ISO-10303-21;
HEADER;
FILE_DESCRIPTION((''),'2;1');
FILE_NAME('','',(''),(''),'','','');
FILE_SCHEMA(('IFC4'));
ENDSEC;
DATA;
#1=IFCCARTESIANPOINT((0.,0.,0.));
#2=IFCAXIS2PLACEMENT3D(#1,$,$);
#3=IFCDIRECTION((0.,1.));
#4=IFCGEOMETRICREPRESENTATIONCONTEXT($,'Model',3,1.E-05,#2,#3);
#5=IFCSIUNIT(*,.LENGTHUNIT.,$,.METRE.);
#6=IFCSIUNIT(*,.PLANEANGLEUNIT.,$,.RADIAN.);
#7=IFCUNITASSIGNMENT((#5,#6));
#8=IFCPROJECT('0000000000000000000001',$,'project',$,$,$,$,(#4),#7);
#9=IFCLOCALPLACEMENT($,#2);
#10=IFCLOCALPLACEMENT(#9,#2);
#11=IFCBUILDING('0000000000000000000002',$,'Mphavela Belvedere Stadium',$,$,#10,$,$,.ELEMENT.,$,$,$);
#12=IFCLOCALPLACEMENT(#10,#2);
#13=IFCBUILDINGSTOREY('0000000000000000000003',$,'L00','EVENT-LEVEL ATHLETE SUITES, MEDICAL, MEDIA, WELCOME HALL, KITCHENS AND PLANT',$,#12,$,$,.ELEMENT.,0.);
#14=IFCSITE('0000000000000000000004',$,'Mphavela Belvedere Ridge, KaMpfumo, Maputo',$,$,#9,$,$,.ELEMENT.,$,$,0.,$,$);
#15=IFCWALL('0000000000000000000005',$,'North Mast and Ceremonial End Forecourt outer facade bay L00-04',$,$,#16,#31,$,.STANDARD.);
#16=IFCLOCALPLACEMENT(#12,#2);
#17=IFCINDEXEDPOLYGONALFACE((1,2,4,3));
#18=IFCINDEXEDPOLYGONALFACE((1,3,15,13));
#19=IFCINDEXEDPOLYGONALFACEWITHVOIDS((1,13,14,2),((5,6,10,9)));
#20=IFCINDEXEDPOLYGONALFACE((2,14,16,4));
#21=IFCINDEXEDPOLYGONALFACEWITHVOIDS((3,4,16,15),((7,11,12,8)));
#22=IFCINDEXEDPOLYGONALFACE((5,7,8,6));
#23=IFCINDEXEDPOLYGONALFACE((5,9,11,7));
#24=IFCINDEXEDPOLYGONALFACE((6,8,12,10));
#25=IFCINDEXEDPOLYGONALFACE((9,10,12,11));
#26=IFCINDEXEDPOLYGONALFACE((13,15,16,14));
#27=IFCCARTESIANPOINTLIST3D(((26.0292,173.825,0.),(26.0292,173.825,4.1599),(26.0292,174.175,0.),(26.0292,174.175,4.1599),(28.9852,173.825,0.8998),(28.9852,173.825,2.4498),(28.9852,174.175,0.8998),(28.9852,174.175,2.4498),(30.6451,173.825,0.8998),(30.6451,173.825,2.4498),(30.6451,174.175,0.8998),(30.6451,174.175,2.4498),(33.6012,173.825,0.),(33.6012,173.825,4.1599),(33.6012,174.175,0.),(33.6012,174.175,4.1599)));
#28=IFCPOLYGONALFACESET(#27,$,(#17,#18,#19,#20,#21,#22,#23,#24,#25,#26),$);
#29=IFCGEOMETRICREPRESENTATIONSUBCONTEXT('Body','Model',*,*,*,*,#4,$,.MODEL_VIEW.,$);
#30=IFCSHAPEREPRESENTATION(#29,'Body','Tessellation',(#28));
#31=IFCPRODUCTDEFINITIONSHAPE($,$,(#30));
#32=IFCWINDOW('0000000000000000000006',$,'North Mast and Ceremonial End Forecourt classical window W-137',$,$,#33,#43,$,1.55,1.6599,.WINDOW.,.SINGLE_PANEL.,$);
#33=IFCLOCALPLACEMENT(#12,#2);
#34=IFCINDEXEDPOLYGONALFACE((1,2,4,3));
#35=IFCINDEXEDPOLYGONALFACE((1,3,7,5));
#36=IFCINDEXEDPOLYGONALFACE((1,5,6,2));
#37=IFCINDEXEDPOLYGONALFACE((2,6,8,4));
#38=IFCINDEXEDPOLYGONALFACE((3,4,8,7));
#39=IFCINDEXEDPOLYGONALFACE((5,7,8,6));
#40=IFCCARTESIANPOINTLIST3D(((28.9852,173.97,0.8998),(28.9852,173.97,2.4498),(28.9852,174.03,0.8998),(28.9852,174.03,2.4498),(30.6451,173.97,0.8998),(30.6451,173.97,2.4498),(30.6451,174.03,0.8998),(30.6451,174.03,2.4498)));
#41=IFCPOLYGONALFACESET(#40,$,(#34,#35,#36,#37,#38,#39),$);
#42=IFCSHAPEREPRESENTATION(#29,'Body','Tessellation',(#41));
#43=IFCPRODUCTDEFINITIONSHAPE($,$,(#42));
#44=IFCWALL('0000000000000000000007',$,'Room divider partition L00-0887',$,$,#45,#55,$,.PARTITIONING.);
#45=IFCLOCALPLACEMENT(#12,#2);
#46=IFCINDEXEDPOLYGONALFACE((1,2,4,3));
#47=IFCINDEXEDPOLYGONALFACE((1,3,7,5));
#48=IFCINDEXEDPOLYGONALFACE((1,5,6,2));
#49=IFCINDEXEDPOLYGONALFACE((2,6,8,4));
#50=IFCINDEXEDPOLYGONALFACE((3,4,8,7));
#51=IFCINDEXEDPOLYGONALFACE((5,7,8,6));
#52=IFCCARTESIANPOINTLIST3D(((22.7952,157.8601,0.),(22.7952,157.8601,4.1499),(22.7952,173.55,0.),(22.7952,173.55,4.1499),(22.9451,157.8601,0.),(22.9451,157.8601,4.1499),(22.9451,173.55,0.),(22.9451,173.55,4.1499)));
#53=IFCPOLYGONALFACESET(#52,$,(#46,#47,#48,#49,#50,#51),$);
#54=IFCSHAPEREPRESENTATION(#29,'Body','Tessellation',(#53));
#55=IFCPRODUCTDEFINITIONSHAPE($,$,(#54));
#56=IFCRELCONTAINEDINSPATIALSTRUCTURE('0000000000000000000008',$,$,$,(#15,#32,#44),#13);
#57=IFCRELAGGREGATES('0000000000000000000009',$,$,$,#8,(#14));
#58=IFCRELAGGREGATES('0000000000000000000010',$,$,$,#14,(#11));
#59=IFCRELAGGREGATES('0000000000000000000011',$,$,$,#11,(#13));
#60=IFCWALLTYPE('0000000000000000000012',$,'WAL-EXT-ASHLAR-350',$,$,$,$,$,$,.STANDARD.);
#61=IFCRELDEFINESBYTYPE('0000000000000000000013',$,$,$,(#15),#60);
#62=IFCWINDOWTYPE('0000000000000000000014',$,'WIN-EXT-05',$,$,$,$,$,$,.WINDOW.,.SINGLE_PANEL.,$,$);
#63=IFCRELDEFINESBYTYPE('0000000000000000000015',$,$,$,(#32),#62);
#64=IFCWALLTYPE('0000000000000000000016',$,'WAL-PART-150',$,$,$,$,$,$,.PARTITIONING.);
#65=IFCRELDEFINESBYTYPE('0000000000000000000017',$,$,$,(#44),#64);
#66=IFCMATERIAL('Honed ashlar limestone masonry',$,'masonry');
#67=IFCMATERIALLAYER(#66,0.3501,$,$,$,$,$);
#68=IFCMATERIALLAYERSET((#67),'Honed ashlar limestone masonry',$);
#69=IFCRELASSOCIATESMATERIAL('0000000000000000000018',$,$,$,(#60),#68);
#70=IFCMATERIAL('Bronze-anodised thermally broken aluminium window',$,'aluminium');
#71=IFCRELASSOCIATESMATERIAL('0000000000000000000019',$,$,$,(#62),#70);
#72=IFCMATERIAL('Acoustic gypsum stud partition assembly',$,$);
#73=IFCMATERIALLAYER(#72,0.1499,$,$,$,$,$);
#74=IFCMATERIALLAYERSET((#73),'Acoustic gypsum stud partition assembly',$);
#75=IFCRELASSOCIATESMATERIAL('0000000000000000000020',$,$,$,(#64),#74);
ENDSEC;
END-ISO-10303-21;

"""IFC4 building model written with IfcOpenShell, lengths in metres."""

from ifc_helpers import new_model, si_unit, direction, frame, frame_2d, origin, place, context, subcontext, project, spatial, rectangle, extrude, material, layer, layer_set, type_object, element, fill, save


model = new_model("IFC4")

# Units and contexts
model_context = context("Model", 3, precision=1e-05, world=origin(), true_north=direction((0.0, 1.0)))
body_context = subcontext(model_context, "Body", "Model", "MODEL_VIEW")
ifc_project = project(units=[si_unit("LENGTHUNIT", "METRE"), si_unit("PLANEANGLEUNIT", "RADIAN")], contexts=[model_context])

# Site, building, storey
site_placement = place(None, origin())
site = spatial("IfcSite", under=ifc_project, at=site_placement, Name="Mphavela Belvedere Ridge, KaMpfumo, Maputo", CompositionType="ELEMENT", RefElevation=0.0)
building_placement = place(site_placement, origin())
building = spatial("IfcBuilding", under=site, at=building_placement, Name="Mphavela Belvedere Stadium", CompositionType="ELEMENT")
storey_placement = place(building_placement, origin())
storey = spatial("IfcBuildingStorey", under=building, at=storey_placement, Name="L00", Description="EVENT-LEVEL ATHLETE SUITES, MEDICAL, MEDIA, WELCOME HALL, KITCHENS AND PLANT", CompositionType="ELEMENT", Elevation=0.0)

# Shared definitions
ifc_material_1 = material(Name="Honed ashlar limestone masonry", Category="masonry")
ifc_layer_1 = layer(ifc_material_1, 0.3501)
ifc_layer_set_1 = layer_set([ifc_layer_1], Name="Honed ashlar limestone masonry")
wall_type_1 = type_object("IfcWallType", Name="WAL-EXT-ASHLAR-350", PredefinedType="STANDARD", material=ifc_layer_set_1)

# Wall, opening, window
wall_1_placement = place(storey_placement, frame((26.0291, 174.0, 0.0), z_axis=(0.0, 0.0, 1.0), x_axis=(1.0, 0.0, 0.0)))
wall_1 = element("IfcWall", 1, at=wall_1_placement, inside=storey, type_object=wall_type_1, Name="North Mast and Ceremonial End Forecourt outer facade bay L00-04", PredefinedType="STANDARD", context=body_context, shape_type="SweptSolid", body=[
    extrude(rectangle(XDim=7.572, YDim=0.3501, at=frame_2d((3.7861, 0.0))), origin(), (0.0, 0.0, 1.0), 4.1599),
])
opening_1_placement = place(wall_1_placement, frame((2.9561, 0.0, 0.8999)))
opening_1 = element("IfcOpeningElement", 2, at=opening_1_placement, cuts=wall_1, PredefinedType="OPENING", context=body_context, shape_type="SweptSolid", body=[
    extrude(rectangle(XDim=1.6599, YDim=1.55, at=frame_2d((0.8301, 0.7749))), frame((0.0, 0.1851, 0.0), z_axis=(0.0, -1.0, 0.0), x_axis=(1.0, 0.0, 0.0)), (0.0, 0.0, 1.0), 0.3701),
])
ifc_material_2 = material(Name="Bronze-anodised thermally broken aluminium window", Category="aluminium")
window_type = type_object("IfcWindowType", Name="WIN-EXT-05", PartitioningType="SINGLE_PANEL", PredefinedType="WINDOW", material=ifc_material_2)
window_placement = place(opening_1_placement, origin())
window = element("IfcWindow", 3, at=window_placement, inside=storey, type_object=window_type, Name="North Mast and Ceremonial End Forecourt classical window W-137", OverallHeight=1.55, OverallWidth=1.6599, PartitioningType="SINGLE_PANEL", PredefinedType="WINDOW", context=body_context, shape_type="SweptSolid", body=[
    extrude(rectangle(XDim=1.6599, YDim=1.55, at=frame_2d((0.8301, 0.7749))), frame((0.0, 0.03, 0.0), z_axis=(0.0, -1.0, 0.0), x_axis=(1.0, 0.0, 0.0)), (0.0, 0.0, 1.0), 0.0601),
])
fill(opening_1, window)

# Wall
ifc_material_3 = material(Name="Acoustic gypsum stud partition assembly")
ifc_layer_2 = layer(ifc_material_3, 0.1499)
ifc_layer_set_2 = layer_set([ifc_layer_2], Name="Acoustic gypsum stud partition assembly")
wall_type_2 = type_object("IfcWallType", Name="WAL-PART-150", PredefinedType="PARTITIONING", material=ifc_layer_set_2)
wall_2_placement = place(storey_placement, frame((22.8701, 173.55, 0.0), z_axis=(0.0, 0.0, 1.0), x_axis=(0.0, -1.0, 0.0)))
element("IfcWall", 4, at=wall_2_placement, inside=storey, type_object=wall_type_2, Name="Room divider partition L00-0887", PredefinedType="PARTITIONING", context=body_context, shape_type="SweptSolid", body=[
    extrude(rectangle(XDim=15.6899, YDim=0.1499, at=frame_2d((7.845, 0.0))), origin(), (0.0, 0.0, 1.0), 4.1499),
])

save(model, "model.ifc")
